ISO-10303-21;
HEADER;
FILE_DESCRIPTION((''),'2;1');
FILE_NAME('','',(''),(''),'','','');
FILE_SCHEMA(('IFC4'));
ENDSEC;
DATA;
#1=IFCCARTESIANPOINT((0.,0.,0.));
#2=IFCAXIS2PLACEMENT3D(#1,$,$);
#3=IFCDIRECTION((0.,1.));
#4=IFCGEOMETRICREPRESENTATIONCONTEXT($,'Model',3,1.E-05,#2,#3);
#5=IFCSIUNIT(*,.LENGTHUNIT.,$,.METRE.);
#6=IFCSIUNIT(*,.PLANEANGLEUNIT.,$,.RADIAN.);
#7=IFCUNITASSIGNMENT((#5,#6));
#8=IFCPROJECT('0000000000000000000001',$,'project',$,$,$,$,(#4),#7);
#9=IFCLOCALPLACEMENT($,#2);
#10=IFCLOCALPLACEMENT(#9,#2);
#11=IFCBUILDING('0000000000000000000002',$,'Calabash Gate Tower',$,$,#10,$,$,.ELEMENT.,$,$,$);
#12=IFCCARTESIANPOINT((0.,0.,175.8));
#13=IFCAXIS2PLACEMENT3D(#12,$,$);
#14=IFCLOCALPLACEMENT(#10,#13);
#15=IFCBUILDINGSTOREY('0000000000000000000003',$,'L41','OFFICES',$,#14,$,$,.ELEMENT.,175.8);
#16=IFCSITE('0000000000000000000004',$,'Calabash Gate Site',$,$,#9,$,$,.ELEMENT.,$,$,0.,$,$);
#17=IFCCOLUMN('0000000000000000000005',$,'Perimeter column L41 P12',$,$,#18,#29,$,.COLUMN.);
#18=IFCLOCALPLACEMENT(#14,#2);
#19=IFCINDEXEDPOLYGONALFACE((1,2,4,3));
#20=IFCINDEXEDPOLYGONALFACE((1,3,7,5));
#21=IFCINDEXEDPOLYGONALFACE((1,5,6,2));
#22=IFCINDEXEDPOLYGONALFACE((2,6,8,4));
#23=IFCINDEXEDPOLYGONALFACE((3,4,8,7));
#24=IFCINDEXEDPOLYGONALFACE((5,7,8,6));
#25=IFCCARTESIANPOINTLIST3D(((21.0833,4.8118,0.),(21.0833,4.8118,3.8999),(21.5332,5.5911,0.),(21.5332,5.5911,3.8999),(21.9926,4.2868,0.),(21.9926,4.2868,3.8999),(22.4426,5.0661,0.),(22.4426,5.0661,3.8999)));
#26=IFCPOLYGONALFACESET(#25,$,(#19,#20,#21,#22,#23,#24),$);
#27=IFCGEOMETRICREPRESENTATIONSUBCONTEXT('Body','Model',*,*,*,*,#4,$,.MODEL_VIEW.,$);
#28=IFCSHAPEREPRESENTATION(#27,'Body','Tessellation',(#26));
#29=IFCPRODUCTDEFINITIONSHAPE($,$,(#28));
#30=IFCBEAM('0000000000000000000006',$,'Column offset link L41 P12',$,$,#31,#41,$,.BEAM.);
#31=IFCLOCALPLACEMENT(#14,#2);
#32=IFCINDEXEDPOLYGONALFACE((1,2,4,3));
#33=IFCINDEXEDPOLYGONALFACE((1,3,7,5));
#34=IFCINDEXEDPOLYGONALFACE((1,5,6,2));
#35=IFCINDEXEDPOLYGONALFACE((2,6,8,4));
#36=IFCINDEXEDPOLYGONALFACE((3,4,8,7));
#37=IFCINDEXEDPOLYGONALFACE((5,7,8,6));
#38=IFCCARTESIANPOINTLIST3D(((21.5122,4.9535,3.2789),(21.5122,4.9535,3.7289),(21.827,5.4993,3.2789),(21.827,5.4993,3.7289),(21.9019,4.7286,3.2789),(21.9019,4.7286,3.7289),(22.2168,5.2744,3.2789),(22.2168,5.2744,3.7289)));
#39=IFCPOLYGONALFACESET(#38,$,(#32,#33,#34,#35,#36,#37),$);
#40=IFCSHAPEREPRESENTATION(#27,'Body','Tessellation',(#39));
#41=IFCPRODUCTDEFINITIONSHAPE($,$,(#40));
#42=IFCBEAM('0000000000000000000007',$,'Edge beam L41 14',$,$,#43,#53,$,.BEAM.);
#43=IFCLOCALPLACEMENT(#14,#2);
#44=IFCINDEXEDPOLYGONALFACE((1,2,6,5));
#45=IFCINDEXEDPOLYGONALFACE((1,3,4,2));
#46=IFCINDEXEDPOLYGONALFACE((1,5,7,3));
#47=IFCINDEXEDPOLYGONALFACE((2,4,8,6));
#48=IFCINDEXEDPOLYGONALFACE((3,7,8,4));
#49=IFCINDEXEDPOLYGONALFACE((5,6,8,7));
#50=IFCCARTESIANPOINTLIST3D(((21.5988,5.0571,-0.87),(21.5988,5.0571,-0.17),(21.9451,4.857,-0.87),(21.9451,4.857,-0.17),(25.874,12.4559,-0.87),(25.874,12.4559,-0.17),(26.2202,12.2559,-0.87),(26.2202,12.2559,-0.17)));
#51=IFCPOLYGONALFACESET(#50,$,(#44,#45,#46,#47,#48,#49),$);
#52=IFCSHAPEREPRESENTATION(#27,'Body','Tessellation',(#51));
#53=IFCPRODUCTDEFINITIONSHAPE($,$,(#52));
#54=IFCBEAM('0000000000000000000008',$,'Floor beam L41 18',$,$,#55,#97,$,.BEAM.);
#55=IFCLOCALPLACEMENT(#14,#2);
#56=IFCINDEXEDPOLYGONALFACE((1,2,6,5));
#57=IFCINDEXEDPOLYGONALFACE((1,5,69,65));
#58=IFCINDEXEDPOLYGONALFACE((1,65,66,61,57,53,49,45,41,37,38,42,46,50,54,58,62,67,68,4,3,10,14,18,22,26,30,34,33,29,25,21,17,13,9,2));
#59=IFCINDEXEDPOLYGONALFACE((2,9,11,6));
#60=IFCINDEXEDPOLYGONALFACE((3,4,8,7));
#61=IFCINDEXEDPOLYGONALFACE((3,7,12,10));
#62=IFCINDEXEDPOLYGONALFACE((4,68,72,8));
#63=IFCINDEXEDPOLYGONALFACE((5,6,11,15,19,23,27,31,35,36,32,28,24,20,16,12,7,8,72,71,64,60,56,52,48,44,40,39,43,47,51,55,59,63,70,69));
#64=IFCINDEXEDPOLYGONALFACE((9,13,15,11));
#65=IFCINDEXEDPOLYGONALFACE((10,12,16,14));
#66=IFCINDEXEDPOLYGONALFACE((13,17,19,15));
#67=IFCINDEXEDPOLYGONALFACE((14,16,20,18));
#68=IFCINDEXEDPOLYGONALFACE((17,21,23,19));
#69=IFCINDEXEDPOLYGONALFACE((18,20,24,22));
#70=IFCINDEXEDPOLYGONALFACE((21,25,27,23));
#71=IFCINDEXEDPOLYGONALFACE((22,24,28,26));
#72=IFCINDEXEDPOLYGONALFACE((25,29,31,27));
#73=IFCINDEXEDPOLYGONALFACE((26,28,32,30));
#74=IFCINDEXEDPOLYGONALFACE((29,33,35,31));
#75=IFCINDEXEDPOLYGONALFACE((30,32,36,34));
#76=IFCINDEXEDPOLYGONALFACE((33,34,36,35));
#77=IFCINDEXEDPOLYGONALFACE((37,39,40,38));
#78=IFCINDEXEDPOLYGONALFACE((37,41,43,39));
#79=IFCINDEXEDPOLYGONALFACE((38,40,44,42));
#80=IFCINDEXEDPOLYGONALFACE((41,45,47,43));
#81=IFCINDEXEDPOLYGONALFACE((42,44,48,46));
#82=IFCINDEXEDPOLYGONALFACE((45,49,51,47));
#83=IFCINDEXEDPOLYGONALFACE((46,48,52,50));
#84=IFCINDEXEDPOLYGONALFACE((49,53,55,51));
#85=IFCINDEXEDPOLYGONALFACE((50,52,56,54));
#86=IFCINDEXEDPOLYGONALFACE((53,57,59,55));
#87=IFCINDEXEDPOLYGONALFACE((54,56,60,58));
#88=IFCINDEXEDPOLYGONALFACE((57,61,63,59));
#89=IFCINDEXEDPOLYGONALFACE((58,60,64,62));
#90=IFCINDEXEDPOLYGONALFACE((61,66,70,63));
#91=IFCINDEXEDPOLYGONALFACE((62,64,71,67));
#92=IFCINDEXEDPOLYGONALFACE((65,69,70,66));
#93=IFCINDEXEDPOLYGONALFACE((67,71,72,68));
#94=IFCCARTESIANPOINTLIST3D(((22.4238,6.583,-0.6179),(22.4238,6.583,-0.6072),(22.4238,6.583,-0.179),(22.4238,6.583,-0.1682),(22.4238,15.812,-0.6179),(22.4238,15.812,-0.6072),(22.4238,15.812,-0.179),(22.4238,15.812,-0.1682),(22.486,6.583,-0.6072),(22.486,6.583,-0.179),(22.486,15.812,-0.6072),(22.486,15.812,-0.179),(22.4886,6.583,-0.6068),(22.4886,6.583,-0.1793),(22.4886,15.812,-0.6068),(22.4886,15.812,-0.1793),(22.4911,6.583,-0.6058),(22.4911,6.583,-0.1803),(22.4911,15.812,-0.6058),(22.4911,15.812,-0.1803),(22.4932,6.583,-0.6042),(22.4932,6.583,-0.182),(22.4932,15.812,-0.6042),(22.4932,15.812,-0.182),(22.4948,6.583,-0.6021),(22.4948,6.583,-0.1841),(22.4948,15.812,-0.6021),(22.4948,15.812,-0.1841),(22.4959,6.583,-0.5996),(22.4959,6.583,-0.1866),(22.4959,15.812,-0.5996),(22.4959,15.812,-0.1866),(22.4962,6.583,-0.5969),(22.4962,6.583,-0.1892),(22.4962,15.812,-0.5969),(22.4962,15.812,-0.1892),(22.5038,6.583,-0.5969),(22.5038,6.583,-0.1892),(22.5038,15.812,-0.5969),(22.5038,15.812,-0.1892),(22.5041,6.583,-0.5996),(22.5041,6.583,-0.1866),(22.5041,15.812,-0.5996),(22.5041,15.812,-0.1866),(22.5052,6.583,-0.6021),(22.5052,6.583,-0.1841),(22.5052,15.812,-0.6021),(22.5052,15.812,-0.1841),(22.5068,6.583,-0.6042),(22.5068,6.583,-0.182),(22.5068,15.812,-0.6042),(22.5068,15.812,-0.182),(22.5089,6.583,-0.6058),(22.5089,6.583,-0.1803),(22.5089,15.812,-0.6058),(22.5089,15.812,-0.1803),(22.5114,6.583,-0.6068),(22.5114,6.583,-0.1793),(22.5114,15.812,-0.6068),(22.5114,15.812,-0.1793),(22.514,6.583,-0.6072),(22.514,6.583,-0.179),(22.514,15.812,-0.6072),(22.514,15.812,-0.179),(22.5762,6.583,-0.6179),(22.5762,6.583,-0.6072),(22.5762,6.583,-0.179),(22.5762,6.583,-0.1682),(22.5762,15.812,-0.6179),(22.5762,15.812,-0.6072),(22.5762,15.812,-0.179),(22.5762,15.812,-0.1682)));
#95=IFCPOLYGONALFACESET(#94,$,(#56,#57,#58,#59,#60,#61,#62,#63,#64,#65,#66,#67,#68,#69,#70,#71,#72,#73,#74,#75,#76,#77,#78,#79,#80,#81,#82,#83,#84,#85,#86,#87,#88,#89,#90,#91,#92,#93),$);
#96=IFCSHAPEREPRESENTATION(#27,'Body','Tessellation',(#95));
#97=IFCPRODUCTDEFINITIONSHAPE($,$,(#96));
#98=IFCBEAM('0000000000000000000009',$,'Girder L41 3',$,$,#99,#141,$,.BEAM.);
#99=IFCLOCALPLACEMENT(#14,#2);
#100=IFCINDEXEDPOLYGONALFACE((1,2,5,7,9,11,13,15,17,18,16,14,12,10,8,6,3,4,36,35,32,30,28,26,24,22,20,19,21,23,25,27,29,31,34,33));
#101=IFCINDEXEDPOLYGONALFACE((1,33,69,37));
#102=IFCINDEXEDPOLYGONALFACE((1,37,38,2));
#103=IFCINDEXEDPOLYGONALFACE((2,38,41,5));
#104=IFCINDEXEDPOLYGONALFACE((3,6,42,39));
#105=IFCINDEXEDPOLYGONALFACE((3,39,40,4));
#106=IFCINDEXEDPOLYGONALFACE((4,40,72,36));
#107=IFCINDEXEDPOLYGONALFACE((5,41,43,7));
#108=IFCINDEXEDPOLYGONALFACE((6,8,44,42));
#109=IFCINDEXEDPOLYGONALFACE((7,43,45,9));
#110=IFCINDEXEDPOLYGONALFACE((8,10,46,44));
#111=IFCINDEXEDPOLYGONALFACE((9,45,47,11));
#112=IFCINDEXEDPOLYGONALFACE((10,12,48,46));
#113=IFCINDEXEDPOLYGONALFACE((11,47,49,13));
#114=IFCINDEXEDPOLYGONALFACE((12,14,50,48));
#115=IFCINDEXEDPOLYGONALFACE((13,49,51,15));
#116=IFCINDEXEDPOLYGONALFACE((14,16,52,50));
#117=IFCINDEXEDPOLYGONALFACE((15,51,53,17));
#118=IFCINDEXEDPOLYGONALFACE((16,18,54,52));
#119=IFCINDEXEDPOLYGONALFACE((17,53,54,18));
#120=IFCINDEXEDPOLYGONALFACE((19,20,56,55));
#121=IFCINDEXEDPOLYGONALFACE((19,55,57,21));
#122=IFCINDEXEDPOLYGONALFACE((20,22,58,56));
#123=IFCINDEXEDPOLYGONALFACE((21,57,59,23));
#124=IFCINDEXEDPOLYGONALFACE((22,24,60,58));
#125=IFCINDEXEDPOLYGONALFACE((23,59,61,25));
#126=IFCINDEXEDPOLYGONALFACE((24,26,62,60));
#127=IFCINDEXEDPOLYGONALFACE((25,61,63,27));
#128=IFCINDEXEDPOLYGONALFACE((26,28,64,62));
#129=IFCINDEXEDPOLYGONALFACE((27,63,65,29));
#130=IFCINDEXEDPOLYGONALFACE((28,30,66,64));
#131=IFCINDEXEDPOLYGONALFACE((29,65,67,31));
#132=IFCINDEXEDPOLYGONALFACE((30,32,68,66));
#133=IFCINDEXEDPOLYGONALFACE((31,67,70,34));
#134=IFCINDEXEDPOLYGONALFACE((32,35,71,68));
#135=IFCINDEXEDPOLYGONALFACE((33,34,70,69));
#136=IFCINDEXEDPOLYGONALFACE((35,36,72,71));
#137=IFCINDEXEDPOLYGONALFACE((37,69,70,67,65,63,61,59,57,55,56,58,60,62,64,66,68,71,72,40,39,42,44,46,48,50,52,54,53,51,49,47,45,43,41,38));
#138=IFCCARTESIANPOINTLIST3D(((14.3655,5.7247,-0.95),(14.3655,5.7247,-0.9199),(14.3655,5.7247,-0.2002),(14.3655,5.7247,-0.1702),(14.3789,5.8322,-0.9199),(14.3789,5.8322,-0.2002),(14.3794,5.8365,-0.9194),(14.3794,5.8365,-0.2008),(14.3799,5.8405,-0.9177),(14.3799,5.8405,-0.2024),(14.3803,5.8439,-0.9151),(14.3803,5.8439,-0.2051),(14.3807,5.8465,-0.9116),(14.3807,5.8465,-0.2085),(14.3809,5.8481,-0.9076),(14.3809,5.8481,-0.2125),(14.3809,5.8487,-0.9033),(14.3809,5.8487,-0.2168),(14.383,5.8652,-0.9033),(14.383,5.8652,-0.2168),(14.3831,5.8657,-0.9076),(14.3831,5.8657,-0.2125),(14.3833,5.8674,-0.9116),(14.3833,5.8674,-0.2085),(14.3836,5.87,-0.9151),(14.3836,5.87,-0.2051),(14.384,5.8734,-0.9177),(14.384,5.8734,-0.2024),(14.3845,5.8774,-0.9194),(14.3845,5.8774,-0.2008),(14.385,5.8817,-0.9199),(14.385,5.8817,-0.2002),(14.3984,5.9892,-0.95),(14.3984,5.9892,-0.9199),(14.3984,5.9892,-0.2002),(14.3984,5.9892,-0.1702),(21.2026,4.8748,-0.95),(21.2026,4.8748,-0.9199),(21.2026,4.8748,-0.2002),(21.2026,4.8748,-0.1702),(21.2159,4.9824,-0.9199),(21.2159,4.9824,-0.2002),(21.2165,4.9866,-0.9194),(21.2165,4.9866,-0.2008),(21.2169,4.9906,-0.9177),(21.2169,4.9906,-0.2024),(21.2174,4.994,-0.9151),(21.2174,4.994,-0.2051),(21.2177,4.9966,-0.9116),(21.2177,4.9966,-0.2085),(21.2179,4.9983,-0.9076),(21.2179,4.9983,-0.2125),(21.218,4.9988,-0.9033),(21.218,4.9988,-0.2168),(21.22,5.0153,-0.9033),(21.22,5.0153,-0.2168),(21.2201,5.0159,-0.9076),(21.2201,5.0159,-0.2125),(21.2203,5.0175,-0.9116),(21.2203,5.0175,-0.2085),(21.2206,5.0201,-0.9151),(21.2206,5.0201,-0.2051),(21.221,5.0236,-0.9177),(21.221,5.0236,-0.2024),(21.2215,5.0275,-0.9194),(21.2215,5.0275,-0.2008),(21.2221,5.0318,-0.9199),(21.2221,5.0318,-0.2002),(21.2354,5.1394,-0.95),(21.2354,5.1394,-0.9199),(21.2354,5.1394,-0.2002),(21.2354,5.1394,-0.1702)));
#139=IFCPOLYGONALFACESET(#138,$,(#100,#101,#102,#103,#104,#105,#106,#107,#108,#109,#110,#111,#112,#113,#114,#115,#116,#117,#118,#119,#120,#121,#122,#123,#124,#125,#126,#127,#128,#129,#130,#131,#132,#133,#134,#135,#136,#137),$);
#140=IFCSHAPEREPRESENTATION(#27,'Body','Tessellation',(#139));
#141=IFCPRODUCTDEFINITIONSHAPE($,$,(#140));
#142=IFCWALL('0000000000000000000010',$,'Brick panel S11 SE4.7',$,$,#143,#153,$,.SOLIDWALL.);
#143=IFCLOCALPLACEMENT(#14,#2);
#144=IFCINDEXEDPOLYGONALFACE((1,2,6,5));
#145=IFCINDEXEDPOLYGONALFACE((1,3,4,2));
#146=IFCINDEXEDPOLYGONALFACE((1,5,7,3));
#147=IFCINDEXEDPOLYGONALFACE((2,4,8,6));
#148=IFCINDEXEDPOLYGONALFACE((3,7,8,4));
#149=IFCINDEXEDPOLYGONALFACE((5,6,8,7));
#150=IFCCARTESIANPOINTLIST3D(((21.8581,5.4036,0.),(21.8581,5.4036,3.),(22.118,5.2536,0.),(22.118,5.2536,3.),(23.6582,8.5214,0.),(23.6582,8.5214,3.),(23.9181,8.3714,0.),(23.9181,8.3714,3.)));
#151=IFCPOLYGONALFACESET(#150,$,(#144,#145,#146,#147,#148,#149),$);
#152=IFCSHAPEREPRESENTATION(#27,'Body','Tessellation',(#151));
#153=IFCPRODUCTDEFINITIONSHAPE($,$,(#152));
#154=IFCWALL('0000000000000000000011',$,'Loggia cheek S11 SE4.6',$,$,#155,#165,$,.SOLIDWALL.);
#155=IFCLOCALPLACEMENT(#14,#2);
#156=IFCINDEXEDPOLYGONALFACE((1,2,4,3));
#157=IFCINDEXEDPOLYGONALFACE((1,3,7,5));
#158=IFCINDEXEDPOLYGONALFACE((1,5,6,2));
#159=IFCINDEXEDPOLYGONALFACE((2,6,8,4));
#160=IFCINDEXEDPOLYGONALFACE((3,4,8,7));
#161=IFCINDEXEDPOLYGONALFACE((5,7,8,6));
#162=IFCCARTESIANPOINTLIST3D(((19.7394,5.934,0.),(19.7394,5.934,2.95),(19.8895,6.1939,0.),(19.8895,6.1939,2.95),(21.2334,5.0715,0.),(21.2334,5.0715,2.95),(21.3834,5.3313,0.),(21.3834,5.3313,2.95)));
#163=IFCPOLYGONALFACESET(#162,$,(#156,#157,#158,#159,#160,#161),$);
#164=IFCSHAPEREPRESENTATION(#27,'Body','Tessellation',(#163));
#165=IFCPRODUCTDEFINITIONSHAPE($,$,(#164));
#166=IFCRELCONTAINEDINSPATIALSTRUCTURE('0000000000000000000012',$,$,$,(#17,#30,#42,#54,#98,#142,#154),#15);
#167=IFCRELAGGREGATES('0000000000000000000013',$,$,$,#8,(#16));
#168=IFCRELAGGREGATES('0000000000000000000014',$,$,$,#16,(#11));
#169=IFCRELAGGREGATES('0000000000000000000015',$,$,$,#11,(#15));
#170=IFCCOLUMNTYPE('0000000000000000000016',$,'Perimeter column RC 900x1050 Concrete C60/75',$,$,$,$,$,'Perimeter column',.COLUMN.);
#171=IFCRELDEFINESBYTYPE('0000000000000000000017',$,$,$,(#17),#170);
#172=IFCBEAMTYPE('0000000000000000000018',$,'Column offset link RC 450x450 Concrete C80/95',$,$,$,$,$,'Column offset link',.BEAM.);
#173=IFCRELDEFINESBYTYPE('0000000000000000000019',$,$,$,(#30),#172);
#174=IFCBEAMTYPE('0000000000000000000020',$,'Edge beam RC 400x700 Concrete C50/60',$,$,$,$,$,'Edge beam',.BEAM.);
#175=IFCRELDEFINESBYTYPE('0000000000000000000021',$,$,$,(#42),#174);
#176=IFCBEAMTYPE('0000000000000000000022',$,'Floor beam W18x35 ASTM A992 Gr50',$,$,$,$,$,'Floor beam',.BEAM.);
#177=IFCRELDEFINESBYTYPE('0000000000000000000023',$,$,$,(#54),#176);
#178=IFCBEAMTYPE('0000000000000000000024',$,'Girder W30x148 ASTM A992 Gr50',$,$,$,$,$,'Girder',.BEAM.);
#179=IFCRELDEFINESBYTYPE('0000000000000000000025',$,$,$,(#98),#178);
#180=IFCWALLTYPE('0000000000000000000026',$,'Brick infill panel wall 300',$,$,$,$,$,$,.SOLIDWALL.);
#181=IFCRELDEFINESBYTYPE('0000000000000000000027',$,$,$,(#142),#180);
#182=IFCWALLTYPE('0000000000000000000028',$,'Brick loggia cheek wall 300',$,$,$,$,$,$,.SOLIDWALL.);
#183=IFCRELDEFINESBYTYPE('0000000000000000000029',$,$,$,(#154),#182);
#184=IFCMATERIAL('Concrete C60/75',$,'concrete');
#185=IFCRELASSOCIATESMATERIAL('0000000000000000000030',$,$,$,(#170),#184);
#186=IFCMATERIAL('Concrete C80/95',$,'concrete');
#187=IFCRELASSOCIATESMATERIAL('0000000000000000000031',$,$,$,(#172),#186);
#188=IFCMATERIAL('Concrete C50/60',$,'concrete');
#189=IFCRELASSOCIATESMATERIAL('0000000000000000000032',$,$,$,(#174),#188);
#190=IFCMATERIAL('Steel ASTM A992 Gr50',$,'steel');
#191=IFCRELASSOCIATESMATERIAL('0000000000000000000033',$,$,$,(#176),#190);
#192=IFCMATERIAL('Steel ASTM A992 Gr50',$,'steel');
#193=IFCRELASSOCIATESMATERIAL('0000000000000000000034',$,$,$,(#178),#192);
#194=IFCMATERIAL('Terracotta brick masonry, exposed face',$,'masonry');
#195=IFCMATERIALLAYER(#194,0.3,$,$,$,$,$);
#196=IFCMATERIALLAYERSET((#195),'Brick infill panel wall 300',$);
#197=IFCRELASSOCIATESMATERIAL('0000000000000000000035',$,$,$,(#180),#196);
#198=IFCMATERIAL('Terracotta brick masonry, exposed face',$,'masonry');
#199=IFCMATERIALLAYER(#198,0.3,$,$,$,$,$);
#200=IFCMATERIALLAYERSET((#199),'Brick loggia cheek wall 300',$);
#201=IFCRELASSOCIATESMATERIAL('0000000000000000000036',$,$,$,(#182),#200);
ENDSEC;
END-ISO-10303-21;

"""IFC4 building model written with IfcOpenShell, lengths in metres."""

from ifc_helpers import new_model, si_unit, direction, frame, frame_2d, origin, origin_2d, place, context, subcontext, project, spatial, rectangle, i_section, extrude, material, layer, layer_set, material_profile, profile_set, type_object, element, save


model = new_model("IFC4")

# Units and contexts
model_context = context("Model", 3, precision=1e-05, world=origin(), true_north=direction((0.0, 1.0)))
body_context = subcontext(model_context, "Body", "Model", "MODEL_VIEW")
ifc_project = project(units=[si_unit("LENGTHUNIT", "METRE"), si_unit("PLANEANGLEUNIT", "RADIAN")], contexts=[model_context])

# Site, building, storey
site_placement = place(None, origin())
site = spatial("IfcSite", under=ifc_project, at=site_placement, Name="Calabash Gate Site", CompositionType="ELEMENT", RefElevation=0.0)
building_placement = place(site_placement, origin())
building = spatial("IfcBuilding", under=site, at=building_placement, Name="Calabash Gate Tower", CompositionType="ELEMENT")
storey_placement = place(building_placement, frame((0.0, 0.0, 175.8)))
storey = spatial("IfcBuildingStorey", under=building, at=storey_placement, Name="L41", Description="OFFICES", CompositionType="ELEMENT", Elevation=175.8)

# Column
ifc_material_1 = material(Name="Concrete C60/75", Category="concrete")
ifc_material_profile_1 = material_profile(ifc_material_1, rectangle(XDim=0.8999, YDim=1.05, at=origin_2d()))
ifc_profile_set_1 = profile_set([ifc_material_profile_1], Name="Concrete C60/75")
column_type = type_object("IfcColumnType", Name="Perimeter column RC 900x1050 Concrete C60/75", ElementType="Perimeter column", PredefinedType="COLUMN", material=ifc_profile_set_1)
column_placement = place(storey_placement, frame((21.7629, 4.939, 0.0), z_axis=(0.0, 0.0, 1.0), x_axis=(0.5, 0.866025, 0.0)))
element("IfcColumn", 1, at=column_placement, inside=storey, type_object=column_type, Name="Perimeter column L41 P12", PredefinedType="COLUMN", context=body_context, shape_type="SweptSolid", body=[
    extrude(rectangle(XDim=0.8999, YDim=1.05, at=origin_2d()), origin(), (0.0, 0.0, 1.0), 3.8999),
])

# Beams
ifc_material_2 = material(Name="Concrete C80/95", Category="concrete")
ifc_material_profile_2 = material_profile(ifc_material_2, rectangle(XDim=0.45, YDim=0.45, at=origin_2d()))
ifc_profile_set_2 = profile_set([ifc_material_profile_2], Name="Concrete C80/95")
beam_type_1 = type_object("IfcBeamType", Name="Column offset link RC 450x450 Concrete C80/95", ElementType="Column offset link", PredefinedType="BEAM", material=ifc_profile_set_2)
beam_1_placement = place(storey_placement, frame((21.707, 4.8411, 3.5039), z_axis=(0.499722, 0.866186, 0.0), x_axis=(-0.866186, 0.499722, 0.0)))
element("IfcBeam", 2, at=beam_1_placement, inside=storey, type_object=beam_type_1, Name="Column offset link L41 P12", PredefinedType="BEAM", context=body_context, shape_type="SweptSolid", body=[
    extrude(rectangle(XDim=0.45, YDim=0.45, at=origin_2d()), origin(), (0.0, 0.0, 1.0), 0.6301),
])
ifc_material_3 = material(Name="Concrete C50/60", Category="concrete")
ifc_material_profile_3 = material_profile(ifc_material_3, rectangle(XDim=0.3999, YDim=0.7, at=origin_2d()))
ifc_profile_set_3 = profile_set([ifc_material_profile_3], Name="Concrete C50/60")
beam_type_2 = type_object("IfcBeamType", Name="Edge beam RC 400x700 Concrete C50/60", ElementType="Edge beam", PredefinedType="BEAM", material=ifc_profile_set_3)
beam_2_placement = place(storey_placement, frame((21.772, 4.957, -0.52), z_axis=(0.500296, 0.865854, 0.0), x_axis=(-0.865854, 0.500296, 0.0)))
element("IfcBeam", 3, at=beam_2_placement, inside=storey, type_object=beam_type_2, Name="Edge beam L41 14", PredefinedType="BEAM", context=body_context, shape_type="SweptSolid", body=[
    extrude(rectangle(XDim=0.3999, YDim=0.7, at=origin_2d()), origin(), (0.0, 0.0, 1.0), 8.5452),
])
ifc_material_4 = material(Name="Steel ASTM A992 Gr50", Category="steel")
ifc_material_profile_4 = material_profile(ifc_material_4, i_section(OverallWidth=0.1523, OverallDepth=0.4497, WebThickness=0.0076, FlangeThickness=0.0107, FilletRadius=0.0103, at=origin_2d()))
ifc_profile_set_4 = profile_set([ifc_material_profile_4], Name="Steel ASTM A992 Gr50")
beam_type_3 = type_object("IfcBeamType", Name="Floor beam W18x35 ASTM A992 Gr50", ElementType="Floor beam", PredefinedType="BEAM", material=ifc_profile_set_4)
beam_3_placement = place(storey_placement, frame((22.5, 6.583, -0.3931), z_axis=(0.0, 1.0, 0.0), x_axis=(-1.0, 0.0, 0.0)))
element("IfcBeam", 4, at=beam_3_placement, inside=storey, type_object=beam_type_3, Name="Floor beam L41 18", PredefinedType="BEAM", context=body_context, shape_type="SweptSolid", body=[
    extrude(i_section(OverallWidth=0.1523, OverallDepth=0.4497, WebThickness=0.0076, FlangeThickness=0.0107, FilletRadius=0.0103, at=origin_2d()), origin(), (0.0, 0.0, 1.0), 9.229),
])
ifc_material_5 = material(Name="Steel ASTM A992 Gr50", Category="steel")
ifc_material_profile_5 = material_profile(ifc_material_5, i_section(OverallWidth=0.2666, OverallDepth=0.7798, WebThickness=0.0166, FlangeThickness=0.03, FilletRadius=0.0166, at=origin_2d()))
ifc_profile_set_5 = profile_set([ifc_material_profile_5], Name="Steel ASTM A992 Gr50")
beam_type_4 = type_object("IfcBeamType", Name="Girder W30x148 ASTM A992 Gr50", ElementType="Girder", PredefinedType="BEAM", material=ifc_profile_set_5)
beam_4_placement = place(storey_placement, frame((21.219, 5.0071, -0.5601), z_axis=(-0.992363, 0.123354, 0.0), x_axis=(-0.123354, -0.992363, 0.0)))
element("IfcBeam", 5, at=beam_4_placement, inside=storey, type_object=beam_type_4, Name="Girder L41 3", PredefinedType="BEAM", context=body_context, shape_type="SweptSolid", body=[
    extrude(i_section(OverallWidth=0.2666, OverallDepth=0.7798, WebThickness=0.0166, FlangeThickness=0.03, FilletRadius=0.0166, at=origin_2d()), origin(), (0.0, 0.0, 1.0), 6.8896),
])

# Walls
ifc_material_6 = material(Name="Terracotta brick masonry, exposed face", Category="masonry")
ifc_layer_1 = layer(ifc_material_6, 0.3)
ifc_layer_set_1 = layer_set([ifc_layer_1], Name="Brick infill panel wall 300")
wall_type_1 = type_object("IfcWallType", Name="Brick infill panel wall 300", PredefinedType="SOLIDWALL", material=ifc_layer_set_1)
wall_1_placement = place(storey_placement, frame((21.988, 5.3286, 0.0), z_axis=(0.0, 0.0, 1.0), x_axis=(0.500012, 0.866018, 0.0)))
element("IfcWall", 6, at=wall_1_placement, inside=storey, type_object=wall_type_1, Name="Brick panel S11 SE4.7", PredefinedType="SOLIDWALL", context=body_context, shape_type="SweptSolid", body=[
    extrude(rectangle(XDim=3.6001, YDim=0.3, at=frame_2d((1.8, 0.0))), origin(), (0.0, 0.0, 1.0), 3.0),
])
ifc_material_7 = material(Name="Terracotta brick masonry, exposed face", Category="masonry")
ifc_layer_2 = layer(ifc_material_7, 0.3)
ifc_layer_set_2 = layer_set([ifc_layer_2], Name="Brick loggia cheek wall 300")
wall_type_2 = type_object("IfcWallType", Name="Brick loggia cheek wall 300", PredefinedType="SOLIDWALL", material=ifc_layer_set_2)
wall_2_placement = place(storey_placement, frame((19.8145, 6.064, 0.0), z_axis=(0.0, 0.0, 1.0), x_axis=(0.866014, -0.500021, 0.0)))
element("IfcWall", 7, at=wall_2_placement, inside=storey, type_object=wall_type_2, Name="Loggia cheek S11 SE4.6", PredefinedType="SOLIDWALL", context=body_context, shape_type="SweptSolid", body=[
    extrude(rectangle(XDim=1.7251, YDim=0.3, at=frame_2d((0.8625, 0.0))), origin(), (0.0, 0.0, 1.0), 2.95),
])

save(model, "model.ifc")
